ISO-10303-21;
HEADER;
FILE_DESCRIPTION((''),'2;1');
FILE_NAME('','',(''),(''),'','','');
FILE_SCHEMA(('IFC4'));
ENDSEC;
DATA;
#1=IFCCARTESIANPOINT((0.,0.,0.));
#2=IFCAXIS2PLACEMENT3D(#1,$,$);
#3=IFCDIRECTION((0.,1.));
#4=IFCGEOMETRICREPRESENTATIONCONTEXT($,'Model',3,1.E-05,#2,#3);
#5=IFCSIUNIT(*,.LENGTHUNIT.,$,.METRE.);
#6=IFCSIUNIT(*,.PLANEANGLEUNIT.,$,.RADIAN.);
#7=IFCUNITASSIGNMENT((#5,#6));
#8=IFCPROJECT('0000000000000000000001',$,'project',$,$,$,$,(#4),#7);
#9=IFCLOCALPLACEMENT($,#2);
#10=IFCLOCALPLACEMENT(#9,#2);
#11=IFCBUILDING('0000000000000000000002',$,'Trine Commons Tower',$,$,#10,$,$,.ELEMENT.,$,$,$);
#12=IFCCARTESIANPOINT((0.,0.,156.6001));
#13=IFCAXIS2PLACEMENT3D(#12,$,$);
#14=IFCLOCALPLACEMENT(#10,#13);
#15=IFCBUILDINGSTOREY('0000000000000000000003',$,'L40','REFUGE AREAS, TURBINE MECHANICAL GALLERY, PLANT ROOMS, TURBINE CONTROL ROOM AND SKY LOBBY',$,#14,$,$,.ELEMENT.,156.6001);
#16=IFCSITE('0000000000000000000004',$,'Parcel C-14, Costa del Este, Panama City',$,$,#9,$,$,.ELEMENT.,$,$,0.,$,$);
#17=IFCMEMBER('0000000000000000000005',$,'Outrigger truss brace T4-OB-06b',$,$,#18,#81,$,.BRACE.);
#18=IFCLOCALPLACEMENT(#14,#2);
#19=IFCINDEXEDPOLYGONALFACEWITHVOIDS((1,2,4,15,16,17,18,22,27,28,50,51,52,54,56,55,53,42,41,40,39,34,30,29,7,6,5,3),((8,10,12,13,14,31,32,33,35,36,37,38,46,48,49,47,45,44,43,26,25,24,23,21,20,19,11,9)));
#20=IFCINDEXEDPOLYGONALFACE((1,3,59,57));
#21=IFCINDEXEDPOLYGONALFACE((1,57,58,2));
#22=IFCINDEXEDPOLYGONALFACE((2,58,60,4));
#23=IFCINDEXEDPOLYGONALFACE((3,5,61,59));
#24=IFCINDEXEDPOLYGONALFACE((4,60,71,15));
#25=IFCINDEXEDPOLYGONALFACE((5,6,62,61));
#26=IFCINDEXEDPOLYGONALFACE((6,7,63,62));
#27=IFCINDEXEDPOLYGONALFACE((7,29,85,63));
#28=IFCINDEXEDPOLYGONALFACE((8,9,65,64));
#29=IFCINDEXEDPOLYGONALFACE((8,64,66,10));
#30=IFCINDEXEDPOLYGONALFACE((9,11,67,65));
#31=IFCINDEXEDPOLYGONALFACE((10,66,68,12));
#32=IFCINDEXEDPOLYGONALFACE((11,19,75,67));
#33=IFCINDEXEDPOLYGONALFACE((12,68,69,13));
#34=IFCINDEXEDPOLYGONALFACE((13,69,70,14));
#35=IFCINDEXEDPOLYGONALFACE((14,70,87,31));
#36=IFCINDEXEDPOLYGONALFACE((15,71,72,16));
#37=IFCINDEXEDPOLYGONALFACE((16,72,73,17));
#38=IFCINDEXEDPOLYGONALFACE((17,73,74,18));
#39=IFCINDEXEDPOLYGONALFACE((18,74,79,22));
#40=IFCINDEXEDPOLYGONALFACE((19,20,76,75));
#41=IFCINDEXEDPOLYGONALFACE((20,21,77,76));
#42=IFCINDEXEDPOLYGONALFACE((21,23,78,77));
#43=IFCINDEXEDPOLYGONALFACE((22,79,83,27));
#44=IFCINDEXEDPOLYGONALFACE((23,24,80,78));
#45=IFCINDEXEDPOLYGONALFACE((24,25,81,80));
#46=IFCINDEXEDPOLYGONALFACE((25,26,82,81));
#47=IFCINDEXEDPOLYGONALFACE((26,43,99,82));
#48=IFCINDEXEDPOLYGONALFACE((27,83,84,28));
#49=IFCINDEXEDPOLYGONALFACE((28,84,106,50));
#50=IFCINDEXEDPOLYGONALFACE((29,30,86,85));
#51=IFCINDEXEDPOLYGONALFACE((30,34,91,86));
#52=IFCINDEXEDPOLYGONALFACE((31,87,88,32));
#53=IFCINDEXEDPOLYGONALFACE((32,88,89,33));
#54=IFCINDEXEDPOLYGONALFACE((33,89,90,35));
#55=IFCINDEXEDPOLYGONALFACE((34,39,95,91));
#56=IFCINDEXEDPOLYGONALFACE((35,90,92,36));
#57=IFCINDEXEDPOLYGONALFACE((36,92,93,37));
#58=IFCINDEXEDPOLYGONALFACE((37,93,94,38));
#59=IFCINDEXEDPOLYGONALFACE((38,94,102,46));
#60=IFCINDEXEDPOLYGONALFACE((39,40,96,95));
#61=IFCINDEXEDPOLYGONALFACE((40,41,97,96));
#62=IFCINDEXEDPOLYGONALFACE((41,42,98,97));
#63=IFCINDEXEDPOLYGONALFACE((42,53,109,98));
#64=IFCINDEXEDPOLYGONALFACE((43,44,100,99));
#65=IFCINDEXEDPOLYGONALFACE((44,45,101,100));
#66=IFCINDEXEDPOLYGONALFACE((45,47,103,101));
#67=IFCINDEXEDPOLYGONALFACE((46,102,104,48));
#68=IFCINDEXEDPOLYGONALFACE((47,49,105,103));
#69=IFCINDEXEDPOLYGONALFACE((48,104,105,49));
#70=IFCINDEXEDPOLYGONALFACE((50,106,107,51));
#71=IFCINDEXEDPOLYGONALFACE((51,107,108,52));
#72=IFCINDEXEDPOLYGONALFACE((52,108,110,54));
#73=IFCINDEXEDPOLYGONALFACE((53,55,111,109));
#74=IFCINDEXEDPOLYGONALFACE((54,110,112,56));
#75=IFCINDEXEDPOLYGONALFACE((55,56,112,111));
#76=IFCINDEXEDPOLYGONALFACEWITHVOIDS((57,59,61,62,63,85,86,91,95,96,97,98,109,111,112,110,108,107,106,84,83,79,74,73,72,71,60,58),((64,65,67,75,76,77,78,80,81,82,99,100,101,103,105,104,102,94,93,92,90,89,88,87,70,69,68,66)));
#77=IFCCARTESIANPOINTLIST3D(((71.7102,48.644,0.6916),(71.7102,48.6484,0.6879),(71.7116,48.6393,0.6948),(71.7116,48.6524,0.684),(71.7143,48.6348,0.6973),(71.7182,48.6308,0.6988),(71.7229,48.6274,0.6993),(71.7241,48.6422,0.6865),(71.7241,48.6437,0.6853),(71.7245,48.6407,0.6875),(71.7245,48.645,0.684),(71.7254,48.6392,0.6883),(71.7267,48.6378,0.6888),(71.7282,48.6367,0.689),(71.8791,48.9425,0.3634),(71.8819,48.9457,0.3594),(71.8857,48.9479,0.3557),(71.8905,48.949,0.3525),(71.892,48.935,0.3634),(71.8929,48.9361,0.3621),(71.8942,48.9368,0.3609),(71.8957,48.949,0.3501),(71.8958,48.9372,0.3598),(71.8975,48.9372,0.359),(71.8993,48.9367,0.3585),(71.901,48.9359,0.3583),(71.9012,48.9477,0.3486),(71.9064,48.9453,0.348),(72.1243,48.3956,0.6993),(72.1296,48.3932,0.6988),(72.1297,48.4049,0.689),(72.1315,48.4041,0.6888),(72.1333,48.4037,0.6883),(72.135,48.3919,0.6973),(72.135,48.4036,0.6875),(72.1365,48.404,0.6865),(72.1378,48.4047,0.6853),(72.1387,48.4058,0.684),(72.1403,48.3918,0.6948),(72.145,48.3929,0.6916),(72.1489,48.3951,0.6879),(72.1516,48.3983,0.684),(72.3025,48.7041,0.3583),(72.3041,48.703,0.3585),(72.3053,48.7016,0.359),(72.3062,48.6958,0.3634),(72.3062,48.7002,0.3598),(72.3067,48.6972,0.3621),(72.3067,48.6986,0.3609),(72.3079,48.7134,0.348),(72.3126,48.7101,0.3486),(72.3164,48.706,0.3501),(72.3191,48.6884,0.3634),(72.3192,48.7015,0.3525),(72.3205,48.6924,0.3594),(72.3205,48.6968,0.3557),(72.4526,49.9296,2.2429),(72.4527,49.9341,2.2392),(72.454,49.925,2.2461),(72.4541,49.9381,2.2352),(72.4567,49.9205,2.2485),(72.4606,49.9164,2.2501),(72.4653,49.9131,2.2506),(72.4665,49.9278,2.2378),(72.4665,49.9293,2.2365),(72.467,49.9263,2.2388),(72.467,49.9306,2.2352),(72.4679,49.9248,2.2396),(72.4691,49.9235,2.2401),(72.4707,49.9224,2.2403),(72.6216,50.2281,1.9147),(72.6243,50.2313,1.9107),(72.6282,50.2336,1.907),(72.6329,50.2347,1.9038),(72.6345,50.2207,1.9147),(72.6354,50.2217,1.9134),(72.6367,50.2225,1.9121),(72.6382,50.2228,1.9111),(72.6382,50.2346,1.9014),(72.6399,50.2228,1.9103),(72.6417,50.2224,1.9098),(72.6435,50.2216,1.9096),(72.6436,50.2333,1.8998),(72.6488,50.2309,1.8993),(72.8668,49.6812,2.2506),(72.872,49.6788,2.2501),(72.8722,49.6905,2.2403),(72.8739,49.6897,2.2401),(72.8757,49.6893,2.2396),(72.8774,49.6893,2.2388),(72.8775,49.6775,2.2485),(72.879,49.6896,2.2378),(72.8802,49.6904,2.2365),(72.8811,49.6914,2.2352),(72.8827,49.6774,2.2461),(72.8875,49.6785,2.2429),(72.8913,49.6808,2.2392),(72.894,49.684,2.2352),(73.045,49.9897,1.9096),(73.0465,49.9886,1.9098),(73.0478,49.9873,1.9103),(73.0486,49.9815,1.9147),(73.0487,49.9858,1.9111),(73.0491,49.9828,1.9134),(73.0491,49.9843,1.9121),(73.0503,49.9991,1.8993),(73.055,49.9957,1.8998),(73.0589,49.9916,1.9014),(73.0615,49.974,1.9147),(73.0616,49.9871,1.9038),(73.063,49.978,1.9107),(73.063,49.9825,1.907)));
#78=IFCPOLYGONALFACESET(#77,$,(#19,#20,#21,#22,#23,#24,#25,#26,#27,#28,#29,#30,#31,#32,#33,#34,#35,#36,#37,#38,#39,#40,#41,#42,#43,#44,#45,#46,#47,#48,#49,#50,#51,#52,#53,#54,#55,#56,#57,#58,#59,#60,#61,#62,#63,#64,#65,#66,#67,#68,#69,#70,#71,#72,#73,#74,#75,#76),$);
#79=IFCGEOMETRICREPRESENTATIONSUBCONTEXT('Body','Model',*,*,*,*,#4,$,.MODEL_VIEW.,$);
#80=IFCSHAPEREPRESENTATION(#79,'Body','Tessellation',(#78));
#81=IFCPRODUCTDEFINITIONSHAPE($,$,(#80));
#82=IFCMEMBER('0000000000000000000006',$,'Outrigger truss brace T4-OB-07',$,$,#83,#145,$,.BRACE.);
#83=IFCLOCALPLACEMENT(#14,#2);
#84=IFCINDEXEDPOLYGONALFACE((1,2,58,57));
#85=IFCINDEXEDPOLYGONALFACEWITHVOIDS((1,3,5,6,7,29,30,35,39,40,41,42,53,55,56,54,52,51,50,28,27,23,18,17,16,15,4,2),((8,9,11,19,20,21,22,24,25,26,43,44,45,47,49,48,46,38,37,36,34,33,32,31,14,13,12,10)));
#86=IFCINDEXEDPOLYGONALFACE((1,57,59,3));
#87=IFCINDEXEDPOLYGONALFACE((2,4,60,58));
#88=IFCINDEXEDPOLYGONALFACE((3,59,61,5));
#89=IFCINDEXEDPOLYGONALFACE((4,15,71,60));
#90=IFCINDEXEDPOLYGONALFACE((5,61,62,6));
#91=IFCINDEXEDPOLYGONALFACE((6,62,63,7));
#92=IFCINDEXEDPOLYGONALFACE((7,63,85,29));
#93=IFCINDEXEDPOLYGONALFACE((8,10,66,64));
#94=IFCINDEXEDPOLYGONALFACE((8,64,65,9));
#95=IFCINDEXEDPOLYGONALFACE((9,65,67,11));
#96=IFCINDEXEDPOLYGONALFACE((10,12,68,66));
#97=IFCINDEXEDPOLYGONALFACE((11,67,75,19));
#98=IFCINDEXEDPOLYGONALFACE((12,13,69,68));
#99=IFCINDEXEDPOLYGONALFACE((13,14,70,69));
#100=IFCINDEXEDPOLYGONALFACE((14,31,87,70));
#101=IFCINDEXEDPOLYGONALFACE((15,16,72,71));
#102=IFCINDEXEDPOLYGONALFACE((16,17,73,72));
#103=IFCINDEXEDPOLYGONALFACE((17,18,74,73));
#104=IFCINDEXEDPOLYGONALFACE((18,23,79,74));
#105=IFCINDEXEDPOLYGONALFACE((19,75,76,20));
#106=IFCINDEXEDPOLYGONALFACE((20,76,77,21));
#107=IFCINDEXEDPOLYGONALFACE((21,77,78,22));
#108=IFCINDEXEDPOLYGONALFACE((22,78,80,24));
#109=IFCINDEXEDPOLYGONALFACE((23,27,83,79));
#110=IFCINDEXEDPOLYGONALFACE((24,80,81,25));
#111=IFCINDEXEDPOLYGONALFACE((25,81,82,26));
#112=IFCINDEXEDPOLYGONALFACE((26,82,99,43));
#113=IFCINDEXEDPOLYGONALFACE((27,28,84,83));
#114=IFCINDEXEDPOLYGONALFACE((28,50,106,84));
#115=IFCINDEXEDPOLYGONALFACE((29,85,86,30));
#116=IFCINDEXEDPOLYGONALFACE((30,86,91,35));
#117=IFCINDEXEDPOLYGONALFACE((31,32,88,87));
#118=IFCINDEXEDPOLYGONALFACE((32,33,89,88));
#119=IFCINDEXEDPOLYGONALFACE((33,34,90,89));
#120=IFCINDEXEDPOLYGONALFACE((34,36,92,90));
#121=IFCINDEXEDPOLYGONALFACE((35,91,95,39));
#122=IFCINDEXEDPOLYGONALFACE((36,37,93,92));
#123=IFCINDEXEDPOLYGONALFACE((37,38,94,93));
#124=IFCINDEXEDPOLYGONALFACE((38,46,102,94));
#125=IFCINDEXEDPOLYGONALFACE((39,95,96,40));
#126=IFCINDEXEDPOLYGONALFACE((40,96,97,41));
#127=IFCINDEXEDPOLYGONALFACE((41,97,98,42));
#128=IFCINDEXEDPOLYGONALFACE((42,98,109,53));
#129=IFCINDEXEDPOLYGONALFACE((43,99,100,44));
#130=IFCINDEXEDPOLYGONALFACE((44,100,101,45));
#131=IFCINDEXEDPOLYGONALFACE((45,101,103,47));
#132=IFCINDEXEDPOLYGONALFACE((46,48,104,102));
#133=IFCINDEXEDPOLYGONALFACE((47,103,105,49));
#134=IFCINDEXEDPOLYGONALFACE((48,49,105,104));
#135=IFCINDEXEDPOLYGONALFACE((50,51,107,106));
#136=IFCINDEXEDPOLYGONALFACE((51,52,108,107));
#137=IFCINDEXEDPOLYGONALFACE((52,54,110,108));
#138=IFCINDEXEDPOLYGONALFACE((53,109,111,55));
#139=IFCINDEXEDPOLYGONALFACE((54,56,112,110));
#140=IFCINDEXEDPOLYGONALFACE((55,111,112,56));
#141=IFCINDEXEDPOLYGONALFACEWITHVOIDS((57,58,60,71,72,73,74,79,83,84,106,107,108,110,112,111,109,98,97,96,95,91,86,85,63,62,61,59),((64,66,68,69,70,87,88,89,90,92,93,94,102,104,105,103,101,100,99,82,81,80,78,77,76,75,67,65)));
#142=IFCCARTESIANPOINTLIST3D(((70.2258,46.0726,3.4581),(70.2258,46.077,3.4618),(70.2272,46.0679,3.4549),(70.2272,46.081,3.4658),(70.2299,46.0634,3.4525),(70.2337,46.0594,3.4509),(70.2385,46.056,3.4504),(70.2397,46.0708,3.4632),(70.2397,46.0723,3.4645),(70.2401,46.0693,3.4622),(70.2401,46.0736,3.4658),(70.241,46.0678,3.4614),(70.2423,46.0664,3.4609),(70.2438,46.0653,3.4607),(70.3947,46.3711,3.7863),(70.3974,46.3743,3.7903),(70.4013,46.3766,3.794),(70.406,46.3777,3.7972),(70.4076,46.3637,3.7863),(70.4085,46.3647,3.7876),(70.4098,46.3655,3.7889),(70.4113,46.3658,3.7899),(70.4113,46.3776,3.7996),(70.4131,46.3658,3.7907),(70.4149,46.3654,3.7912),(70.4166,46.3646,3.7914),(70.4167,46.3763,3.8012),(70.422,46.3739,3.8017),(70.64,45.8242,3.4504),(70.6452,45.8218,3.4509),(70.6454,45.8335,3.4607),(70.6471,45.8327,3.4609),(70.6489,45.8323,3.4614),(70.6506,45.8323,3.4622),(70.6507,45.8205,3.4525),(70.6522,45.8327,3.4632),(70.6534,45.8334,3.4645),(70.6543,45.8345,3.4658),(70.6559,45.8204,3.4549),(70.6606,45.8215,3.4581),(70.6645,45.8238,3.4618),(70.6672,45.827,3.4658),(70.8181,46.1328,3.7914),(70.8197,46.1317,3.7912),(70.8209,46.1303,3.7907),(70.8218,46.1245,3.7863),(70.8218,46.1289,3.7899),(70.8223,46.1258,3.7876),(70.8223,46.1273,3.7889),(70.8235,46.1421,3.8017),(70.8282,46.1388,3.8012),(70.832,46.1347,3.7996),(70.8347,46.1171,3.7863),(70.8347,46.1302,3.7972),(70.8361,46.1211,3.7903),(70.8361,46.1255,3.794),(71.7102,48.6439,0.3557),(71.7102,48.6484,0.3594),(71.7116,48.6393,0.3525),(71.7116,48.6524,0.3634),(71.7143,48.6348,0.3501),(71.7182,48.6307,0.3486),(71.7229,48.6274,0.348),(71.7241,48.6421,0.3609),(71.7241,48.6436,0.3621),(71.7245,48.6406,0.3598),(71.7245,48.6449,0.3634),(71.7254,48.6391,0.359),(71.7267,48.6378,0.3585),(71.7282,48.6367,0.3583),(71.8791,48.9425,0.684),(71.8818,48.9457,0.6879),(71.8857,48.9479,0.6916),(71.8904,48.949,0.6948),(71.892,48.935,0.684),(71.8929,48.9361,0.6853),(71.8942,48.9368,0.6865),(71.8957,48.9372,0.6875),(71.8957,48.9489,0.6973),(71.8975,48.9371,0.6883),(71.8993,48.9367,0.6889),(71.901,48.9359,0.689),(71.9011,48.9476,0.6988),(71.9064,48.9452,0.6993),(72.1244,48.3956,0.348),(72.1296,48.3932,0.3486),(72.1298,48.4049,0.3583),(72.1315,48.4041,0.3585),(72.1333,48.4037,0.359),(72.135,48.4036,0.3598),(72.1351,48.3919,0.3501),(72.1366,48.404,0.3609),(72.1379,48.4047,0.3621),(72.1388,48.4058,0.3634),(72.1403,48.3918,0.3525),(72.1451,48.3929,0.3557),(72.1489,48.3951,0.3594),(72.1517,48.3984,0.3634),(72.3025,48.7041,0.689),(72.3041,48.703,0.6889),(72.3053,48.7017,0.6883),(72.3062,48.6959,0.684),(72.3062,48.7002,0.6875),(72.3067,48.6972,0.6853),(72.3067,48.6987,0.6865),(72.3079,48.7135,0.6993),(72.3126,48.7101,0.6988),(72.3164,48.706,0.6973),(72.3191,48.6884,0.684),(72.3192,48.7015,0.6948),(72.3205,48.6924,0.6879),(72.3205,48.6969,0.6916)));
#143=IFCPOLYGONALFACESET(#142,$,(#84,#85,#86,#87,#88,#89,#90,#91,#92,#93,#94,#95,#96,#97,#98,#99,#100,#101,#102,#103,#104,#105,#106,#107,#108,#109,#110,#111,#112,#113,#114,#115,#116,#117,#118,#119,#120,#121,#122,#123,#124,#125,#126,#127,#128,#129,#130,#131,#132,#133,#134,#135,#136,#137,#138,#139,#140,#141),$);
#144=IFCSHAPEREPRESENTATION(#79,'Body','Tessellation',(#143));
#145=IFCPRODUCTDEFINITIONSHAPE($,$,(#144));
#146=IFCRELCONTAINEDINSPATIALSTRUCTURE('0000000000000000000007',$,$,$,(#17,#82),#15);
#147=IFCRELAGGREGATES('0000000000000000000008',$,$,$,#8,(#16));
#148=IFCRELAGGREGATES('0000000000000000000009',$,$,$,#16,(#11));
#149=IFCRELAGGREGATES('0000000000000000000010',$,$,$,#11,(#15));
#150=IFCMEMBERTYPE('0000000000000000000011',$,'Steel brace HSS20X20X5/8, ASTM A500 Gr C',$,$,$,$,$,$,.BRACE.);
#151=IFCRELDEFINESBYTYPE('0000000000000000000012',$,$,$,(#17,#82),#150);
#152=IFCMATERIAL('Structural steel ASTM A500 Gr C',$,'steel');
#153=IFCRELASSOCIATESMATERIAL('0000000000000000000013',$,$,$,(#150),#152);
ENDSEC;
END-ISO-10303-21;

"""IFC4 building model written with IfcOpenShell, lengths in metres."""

from ifc_helpers import new_model, si_unit, direction, frame, origin, origin_2d, place, context, subcontext, project, spatial, hollow_rectangle, extrude, material, material_profile, profile_set, type_object, element, save


model = new_model("IFC4")

# Units and contexts
model_context = context("Model", 3, precision=1e-05, world=origin(), true_north=direction((0.0, 1.0)))
body_context = subcontext(model_context, "Body", "Model", "MODEL_VIEW")
ifc_project = project(units=[si_unit("LENGTHUNIT", "METRE"), si_unit("PLANEANGLEUNIT", "RADIAN")], contexts=[model_context])

# Site, building, storey
site_placement = place(None, origin())
site = spatial("IfcSite", under=ifc_project, at=site_placement, Name="Parcel C-14, Costa del Este, Panama City", CompositionType="ELEMENT", RefElevation=0.0)
building_placement = place(site_placement, origin())
building = spatial("IfcBuilding", under=site, at=building_placement, Name="Trine Commons Tower", CompositionType="ELEMENT")
storey_placement = place(building_placement, frame((0.0, 0.0, 156.6001)))
storey = spatial("IfcBuildingStorey", under=building, at=storey_placement, Name="L40", Description="REFUGE AREAS, TURBINE MECHANICAL GALLERY, PLANT ROOMS, TURBINE CONTROL ROOM AND SKY LOBBY", CompositionType="ELEMENT", Elevation=156.6001)

# Members
ifc_material_1 = material(Name="Structural steel ASTM A500 Gr C", Category="steel")
ifc_material_profile_1 = material_profile(ifc_material_1, hollow_rectangle(XDim=0.5081, YDim=0.5081, WallThickness=0.0149, InnerFilletRadius=0.0073, OuterFilletRadius=0.0222, at=origin_2d()), Name="HSS20X20X5/8")
ifc_profile_set_1 = profile_set([ifc_material_profile_1], Name="Structural steel ASTM A500 Gr C")
member_type_1 = type_object("IfcMemberType", Name="Steel brace HSS20X20X5/8, ASTM A500 Gr C", PredefinedType="BRACE", material=ifc_profile_set_1)
member_1_placement = place(storey_placement, frame((72.7578, 49.9561, 2.075), z_axis=(-0.345765, -0.59875, -0.722457), x_axis=(0.865977, -0.500083, 0.0)))
element("IfcMember", 1, at=member_1_placement, inside=storey, type_object=member_type_1, Name="Outrigger truss brace T4-OB-06b", PredefinedType="BRACE", context=body_context, shape_type="SweptSolid", body=[
    extrude(hollow_rectangle(XDim=0.5081, YDim=0.5081, WallThickness=0.0149, InnerFilletRadius=0.0073, OuterFilletRadius=0.0222, at=origin_2d()), origin(), (0.0, 0.0, 1.0), 2.1472),
])
member_2_placement = place(storey_placement, frame((72.0154, 48.6704, 0.5237), z_axis=(-0.345679, -0.598798, 0.722458), x_axis=(0.866049, -0.49996, 0.0)))
element("IfcMember", 2, at=member_2_placement, inside=storey, type_object=member_type_1, Name="Outrigger truss brace T4-OB-07", PredefinedType="BRACE", context=body_context, shape_type="SweptSolid", body=[
    extrude(hollow_rectangle(XDim=0.5081, YDim=0.5081, WallThickness=0.0149, InnerFilletRadius=0.0073, OuterFilletRadius=0.0222, at=origin_2d()), origin(), (0.0, 0.0, 1.0), 4.2942),
])

save(model, "model.ifc")
